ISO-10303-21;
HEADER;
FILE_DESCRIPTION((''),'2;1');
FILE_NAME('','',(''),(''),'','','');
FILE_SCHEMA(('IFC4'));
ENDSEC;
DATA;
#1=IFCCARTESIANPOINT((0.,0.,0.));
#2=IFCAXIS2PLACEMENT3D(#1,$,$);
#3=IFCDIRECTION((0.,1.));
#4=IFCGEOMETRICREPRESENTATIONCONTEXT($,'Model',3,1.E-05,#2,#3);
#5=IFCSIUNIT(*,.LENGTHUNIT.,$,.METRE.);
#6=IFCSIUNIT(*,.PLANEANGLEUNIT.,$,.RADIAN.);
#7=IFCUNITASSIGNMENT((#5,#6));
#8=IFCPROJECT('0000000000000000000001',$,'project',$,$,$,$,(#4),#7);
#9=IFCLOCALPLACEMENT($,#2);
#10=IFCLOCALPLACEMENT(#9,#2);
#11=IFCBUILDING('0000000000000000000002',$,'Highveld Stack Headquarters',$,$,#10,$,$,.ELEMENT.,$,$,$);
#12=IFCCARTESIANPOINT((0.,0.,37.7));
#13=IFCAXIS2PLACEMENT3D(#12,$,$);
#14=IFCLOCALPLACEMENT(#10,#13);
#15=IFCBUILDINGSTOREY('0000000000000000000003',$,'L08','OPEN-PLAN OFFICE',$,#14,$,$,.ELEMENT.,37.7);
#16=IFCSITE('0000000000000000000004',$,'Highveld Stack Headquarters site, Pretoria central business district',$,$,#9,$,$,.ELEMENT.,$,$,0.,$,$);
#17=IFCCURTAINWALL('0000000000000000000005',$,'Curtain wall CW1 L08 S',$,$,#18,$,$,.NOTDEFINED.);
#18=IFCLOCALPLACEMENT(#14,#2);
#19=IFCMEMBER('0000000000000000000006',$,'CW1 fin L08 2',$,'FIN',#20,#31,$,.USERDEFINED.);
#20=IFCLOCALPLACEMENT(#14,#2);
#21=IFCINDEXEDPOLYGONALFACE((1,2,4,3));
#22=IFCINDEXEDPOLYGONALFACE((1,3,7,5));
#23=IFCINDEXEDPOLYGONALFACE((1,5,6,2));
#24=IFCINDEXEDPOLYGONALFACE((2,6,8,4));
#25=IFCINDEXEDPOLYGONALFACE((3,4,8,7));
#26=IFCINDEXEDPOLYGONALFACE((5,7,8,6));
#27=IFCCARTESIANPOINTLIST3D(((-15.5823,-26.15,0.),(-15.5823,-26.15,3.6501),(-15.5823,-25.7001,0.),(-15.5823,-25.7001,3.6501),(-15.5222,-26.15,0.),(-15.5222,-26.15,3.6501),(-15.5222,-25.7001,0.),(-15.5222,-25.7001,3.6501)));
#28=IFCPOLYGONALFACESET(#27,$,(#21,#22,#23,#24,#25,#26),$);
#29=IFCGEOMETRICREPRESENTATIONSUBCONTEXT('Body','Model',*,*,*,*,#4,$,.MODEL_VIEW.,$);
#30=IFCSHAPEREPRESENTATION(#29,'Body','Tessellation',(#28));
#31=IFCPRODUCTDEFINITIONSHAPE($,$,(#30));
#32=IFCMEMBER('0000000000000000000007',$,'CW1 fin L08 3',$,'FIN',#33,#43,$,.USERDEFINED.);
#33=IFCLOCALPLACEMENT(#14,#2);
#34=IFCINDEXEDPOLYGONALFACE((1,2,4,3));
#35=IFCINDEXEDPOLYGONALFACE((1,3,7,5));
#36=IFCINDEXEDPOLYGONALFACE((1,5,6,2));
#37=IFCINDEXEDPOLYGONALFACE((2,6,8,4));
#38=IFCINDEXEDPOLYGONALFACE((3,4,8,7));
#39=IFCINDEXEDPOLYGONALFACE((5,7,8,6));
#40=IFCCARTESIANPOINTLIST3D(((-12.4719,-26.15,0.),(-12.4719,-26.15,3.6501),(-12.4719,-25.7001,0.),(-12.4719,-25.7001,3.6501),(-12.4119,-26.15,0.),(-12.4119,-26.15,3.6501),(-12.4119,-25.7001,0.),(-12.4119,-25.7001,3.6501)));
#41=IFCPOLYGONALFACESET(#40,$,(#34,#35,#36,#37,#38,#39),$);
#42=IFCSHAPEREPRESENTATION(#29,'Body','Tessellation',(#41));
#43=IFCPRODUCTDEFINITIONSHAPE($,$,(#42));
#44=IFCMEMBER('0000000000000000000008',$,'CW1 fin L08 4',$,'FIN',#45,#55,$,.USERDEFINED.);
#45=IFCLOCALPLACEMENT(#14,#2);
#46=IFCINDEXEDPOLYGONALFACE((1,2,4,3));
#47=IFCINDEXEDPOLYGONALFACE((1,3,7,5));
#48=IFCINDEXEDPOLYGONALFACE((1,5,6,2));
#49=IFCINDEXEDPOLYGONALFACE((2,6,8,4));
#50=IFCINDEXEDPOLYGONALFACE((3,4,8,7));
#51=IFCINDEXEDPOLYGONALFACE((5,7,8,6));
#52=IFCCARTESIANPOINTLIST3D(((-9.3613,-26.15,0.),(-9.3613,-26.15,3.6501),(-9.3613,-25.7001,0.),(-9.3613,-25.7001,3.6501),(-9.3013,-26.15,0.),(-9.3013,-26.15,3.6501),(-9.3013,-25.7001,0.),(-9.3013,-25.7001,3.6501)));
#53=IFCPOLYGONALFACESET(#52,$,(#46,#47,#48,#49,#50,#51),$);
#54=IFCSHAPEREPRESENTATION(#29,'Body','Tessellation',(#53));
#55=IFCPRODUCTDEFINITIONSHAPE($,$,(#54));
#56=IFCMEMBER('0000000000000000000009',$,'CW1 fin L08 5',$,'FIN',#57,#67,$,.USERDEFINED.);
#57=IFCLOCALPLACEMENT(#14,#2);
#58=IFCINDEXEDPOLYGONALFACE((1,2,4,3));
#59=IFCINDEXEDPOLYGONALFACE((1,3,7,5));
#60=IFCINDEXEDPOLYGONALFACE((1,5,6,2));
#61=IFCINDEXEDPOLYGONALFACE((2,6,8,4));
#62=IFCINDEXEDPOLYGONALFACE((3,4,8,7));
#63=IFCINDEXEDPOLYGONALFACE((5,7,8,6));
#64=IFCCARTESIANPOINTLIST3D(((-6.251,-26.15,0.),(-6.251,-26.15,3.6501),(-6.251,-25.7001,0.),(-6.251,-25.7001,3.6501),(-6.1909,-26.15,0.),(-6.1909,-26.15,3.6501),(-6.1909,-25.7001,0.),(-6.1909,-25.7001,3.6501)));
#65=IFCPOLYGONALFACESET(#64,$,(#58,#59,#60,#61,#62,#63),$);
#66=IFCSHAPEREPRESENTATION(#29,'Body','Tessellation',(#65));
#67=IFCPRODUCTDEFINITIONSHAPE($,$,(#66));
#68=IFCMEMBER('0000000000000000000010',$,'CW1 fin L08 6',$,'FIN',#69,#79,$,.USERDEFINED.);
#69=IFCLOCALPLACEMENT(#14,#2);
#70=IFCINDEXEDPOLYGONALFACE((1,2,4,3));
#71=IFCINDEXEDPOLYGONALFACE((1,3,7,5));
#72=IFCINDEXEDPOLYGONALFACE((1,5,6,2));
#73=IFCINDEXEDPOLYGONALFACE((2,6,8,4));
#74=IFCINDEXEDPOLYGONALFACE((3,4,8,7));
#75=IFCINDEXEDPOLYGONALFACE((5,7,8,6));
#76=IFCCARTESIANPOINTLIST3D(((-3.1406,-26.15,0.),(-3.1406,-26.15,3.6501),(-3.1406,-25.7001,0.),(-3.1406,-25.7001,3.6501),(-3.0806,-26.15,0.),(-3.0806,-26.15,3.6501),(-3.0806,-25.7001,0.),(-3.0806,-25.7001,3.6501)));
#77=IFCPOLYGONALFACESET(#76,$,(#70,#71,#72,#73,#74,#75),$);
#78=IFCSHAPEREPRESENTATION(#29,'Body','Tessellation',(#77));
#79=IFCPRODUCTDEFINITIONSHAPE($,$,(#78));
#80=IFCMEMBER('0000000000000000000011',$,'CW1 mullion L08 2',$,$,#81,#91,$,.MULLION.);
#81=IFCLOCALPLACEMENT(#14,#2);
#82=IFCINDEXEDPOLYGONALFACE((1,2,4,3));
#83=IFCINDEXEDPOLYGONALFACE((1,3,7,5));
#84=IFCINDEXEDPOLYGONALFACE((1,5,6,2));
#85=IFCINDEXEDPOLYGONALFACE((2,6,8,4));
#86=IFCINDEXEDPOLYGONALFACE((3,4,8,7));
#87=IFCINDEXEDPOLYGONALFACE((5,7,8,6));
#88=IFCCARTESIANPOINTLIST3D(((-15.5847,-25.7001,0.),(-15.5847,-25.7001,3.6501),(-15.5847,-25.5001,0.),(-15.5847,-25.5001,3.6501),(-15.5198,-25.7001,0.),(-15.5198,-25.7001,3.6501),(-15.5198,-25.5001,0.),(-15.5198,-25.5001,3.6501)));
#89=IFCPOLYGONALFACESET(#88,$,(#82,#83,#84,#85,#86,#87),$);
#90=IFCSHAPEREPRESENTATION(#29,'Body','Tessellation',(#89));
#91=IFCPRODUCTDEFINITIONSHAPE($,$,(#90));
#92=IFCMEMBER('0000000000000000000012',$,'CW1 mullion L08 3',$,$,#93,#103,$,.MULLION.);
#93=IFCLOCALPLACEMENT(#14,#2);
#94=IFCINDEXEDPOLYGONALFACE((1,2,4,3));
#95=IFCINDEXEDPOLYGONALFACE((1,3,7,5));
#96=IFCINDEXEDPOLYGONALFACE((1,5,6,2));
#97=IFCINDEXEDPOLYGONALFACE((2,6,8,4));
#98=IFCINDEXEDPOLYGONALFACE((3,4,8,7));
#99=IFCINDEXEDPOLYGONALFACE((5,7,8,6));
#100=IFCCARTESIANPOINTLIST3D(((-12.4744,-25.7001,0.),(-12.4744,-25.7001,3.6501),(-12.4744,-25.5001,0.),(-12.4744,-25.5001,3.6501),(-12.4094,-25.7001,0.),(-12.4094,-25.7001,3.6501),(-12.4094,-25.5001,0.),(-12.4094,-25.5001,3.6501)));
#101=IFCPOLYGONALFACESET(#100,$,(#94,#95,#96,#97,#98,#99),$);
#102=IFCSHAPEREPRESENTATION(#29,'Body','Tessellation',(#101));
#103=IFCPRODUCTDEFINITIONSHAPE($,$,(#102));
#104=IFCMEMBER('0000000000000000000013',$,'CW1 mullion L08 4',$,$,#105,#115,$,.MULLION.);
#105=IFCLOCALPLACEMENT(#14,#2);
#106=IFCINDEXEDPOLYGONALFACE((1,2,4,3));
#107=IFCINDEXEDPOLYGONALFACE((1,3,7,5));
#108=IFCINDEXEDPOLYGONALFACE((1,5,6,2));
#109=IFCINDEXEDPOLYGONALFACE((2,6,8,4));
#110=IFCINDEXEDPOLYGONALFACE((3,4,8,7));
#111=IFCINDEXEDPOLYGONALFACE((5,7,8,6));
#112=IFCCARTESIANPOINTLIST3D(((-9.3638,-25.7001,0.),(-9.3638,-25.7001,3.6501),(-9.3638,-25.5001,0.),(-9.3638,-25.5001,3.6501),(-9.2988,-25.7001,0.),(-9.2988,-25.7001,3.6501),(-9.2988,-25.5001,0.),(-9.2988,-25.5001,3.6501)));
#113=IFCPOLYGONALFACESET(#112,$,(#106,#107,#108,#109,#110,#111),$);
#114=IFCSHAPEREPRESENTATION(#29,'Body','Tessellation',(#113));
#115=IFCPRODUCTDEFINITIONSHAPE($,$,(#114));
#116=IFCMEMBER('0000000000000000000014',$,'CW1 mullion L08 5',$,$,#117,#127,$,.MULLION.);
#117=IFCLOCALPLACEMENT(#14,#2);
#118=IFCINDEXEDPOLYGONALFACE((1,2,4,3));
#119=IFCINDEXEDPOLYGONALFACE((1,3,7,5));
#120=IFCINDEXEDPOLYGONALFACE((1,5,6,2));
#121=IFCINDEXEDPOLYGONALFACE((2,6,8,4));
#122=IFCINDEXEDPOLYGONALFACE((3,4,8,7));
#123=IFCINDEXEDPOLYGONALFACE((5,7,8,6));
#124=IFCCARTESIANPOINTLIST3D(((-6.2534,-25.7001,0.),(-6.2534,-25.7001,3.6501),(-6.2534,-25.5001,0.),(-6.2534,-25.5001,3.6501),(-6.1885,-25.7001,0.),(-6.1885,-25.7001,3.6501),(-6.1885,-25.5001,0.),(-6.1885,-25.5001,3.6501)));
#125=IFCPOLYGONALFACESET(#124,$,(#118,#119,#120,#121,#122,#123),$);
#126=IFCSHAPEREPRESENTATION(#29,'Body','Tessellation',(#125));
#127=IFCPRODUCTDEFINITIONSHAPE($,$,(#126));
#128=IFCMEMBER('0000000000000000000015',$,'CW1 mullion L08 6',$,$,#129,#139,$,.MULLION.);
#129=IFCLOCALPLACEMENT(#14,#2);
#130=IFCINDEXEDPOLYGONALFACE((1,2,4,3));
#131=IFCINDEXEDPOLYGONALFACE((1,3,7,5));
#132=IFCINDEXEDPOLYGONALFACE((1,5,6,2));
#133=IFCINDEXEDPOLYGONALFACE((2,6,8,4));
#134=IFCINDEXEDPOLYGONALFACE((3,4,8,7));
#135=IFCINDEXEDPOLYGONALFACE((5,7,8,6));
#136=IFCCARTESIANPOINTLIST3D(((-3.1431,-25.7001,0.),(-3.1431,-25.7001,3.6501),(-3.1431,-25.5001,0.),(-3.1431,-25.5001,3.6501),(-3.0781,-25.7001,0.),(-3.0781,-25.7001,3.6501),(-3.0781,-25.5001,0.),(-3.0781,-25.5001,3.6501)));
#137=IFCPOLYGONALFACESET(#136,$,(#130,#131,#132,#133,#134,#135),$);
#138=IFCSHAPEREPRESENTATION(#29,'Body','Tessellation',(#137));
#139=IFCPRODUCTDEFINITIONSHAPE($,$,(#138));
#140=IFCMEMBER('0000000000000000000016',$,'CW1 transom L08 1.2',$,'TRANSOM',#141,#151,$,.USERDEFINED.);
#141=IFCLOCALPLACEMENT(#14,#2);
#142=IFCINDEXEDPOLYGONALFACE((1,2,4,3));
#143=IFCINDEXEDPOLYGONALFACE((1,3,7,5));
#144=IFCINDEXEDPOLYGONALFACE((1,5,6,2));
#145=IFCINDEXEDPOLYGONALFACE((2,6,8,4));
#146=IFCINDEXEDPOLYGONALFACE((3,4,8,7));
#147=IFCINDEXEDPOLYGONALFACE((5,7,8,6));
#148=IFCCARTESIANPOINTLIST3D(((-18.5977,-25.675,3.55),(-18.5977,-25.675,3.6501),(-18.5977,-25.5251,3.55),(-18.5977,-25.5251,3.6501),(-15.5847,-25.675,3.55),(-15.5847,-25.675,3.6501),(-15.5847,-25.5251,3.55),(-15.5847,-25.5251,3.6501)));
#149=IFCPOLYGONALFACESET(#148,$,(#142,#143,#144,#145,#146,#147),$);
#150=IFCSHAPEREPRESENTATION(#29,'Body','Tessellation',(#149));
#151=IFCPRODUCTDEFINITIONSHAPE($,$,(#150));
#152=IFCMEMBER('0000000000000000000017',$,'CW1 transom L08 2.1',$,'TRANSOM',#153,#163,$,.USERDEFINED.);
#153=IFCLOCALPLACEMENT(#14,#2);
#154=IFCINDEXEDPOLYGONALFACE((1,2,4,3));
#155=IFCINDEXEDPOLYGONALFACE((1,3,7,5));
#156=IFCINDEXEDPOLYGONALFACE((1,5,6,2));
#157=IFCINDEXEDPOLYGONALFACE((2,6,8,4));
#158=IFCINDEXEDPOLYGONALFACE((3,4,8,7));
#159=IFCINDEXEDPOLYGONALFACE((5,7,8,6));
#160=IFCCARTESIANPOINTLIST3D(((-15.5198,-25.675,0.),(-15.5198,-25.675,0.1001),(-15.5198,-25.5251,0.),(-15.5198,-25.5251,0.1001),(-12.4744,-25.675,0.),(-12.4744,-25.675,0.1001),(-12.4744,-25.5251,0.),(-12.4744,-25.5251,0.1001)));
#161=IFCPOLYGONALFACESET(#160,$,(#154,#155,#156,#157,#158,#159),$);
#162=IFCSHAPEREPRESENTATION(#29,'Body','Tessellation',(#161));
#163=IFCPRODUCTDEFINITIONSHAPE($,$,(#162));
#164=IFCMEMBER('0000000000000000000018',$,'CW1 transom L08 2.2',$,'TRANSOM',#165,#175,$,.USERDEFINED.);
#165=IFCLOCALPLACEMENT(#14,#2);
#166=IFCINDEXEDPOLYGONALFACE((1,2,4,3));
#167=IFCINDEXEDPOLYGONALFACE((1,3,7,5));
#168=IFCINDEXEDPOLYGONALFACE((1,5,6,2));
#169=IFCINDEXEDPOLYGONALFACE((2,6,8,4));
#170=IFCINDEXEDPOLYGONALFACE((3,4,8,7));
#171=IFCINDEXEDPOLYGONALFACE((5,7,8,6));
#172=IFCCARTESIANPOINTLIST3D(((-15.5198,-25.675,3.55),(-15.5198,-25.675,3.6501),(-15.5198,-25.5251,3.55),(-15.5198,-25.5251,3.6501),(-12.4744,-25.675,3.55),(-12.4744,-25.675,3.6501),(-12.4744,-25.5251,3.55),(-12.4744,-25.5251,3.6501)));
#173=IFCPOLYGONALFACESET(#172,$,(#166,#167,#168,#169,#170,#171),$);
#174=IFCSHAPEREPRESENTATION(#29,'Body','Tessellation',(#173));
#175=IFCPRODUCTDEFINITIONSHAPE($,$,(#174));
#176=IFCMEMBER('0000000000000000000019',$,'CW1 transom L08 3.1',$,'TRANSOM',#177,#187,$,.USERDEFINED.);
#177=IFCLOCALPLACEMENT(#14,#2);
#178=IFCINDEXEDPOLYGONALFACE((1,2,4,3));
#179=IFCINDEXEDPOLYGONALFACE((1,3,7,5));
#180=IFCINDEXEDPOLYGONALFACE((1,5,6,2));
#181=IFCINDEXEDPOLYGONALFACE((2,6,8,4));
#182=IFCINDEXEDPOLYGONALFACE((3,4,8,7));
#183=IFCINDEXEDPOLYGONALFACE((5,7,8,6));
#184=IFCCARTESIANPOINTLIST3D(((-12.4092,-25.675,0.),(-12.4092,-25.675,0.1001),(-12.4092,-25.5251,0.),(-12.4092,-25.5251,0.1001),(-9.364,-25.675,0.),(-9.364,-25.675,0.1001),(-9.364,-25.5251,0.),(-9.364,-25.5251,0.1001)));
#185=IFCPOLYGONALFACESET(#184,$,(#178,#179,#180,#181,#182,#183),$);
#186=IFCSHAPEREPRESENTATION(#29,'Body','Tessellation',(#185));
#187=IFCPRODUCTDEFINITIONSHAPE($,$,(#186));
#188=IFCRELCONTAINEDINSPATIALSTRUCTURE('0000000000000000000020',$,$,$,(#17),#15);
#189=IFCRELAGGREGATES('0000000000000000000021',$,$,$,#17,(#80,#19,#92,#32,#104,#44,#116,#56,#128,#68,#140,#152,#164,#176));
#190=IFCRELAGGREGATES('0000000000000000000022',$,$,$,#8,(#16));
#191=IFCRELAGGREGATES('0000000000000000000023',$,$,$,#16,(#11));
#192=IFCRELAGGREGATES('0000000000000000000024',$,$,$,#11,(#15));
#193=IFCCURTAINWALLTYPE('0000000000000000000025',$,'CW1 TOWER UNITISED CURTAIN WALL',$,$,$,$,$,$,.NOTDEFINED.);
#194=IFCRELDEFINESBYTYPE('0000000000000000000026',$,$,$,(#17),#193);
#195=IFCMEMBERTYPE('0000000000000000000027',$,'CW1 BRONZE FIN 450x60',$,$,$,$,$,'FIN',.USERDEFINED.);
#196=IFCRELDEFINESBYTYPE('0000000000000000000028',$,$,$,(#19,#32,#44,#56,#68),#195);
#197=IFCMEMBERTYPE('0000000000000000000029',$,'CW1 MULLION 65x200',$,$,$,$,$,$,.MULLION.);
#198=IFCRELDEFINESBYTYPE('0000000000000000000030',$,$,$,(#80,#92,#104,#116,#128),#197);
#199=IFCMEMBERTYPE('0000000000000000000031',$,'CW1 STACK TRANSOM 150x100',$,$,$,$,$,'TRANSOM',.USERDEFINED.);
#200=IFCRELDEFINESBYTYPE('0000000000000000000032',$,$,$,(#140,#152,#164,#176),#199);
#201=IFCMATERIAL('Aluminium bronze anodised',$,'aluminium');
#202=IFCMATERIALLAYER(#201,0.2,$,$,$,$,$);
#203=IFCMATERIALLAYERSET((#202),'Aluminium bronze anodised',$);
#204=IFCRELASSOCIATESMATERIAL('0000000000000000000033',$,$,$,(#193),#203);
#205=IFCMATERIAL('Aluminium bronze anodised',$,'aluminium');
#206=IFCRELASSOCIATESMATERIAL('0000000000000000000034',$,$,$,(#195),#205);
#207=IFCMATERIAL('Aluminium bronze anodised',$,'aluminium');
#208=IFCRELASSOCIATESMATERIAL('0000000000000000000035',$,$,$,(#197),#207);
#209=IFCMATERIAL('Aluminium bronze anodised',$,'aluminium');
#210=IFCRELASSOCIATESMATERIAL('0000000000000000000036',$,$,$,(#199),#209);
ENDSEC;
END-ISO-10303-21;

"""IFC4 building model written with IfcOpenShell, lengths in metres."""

from ifc_helpers import new_model, si_unit, direction, frame, origin, origin_2d, place, context, subcontext, project, spatial, rectangle, extrude, material, layer, layer_set, material_profile, profile_set, type_object, element, aggregate, save


model = new_model("IFC4")

# Units and contexts
model_context = context("Model", 3, precision=1e-05, world=origin(), true_north=direction((0.0, 1.0)))
body_context = subcontext(model_context, "Body", "Model", "MODEL_VIEW")
ifc_project = project(units=[si_unit("LENGTHUNIT", "METRE"), si_unit("PLANEANGLEUNIT", "RADIAN")], contexts=[model_context])

# Site, building, storey
site_placement = place(None, origin())
site = spatial("IfcSite", under=ifc_project, at=site_placement, Name="Highveld Stack Headquarters site, Pretoria central business district", CompositionType="ELEMENT", RefElevation=0.0)
building_placement = place(site_placement, origin())
building = spatial("IfcBuilding", under=site, at=building_placement, Name="Highveld Stack Headquarters", CompositionType="ELEMENT")
storey_placement = place(building_placement, frame((0.0, 0.0, 37.7)))
storey = spatial("IfcBuildingStorey", under=building, at=storey_placement, Name="L08", Description="OPEN-PLAN OFFICE", CompositionType="ELEMENT", Elevation=37.7)

# Curtain wall, members
ifc_material_1 = material(Name="Aluminium bronze anodised", Category="aluminium")
ifc_layer_1 = layer(ifc_material_1, 0.2)
ifc_layer_set_1 = layer_set([ifc_layer_1], Name="Aluminium bronze anodised")
curtain_wall_type = type_object("IfcCurtainWallType", Name="CW1 TOWER UNITISED CURTAIN WALL", PredefinedType="NOTDEFINED", material=ifc_layer_set_1)
curtain_wall_placement = place(storey_placement, origin())
curtain_wall = element("IfcCurtainWall", 1, at=curtain_wall_placement, inside=storey, type_object=curtain_wall_type, Name="Curtain wall CW1 L08 S", PredefinedType="NOTDEFINED")
ifc_material_2 = material(Name="Aluminium bronze anodised", Category="aluminium")
ifc_material_profile_1 = material_profile(ifc_material_2, rectangle(XDim=0.45, YDim=0.0601, at=origin_2d()), Name="FIN 450x60")
ifc_profile_set_1 = profile_set([ifc_material_profile_1], Name="Aluminium bronze anodised")
member_type_1 = type_object("IfcMemberType", Name="CW1 BRONZE FIN 450x60", ElementType="FIN", PredefinedType="USERDEFINED", material=ifc_profile_set_1)
member_1_placement = place(storey_placement, frame((-15.5522, -25.925, 0.0), z_axis=(0.0, 0.0, 1.0), x_axis=(0.0, 1.0, 0.0)))
member_1 = element("IfcMember", 2, at=member_1_placement, type_object=member_type_1, Name="CW1 fin L08 2", ObjectType="FIN", PredefinedType="USERDEFINED", context=body_context, shape_type="SweptSolid", body=[
    extrude(rectangle(XDim=0.45, YDim=0.0601, at=origin_2d()), origin(), (0.0, 0.0, 1.0), 3.6501),
])
member_2_placement = place(storey_placement, frame((-12.4419, -25.925, 0.0), z_axis=(0.0, 0.0, 1.0), x_axis=(0.0, 1.0, 0.0)))
member_2 = element("IfcMember", 3, at=member_2_placement, type_object=member_type_1, Name="CW1 fin L08 3", ObjectType="FIN", PredefinedType="USERDEFINED", context=body_context, shape_type="SweptSolid", body=[
    extrude(rectangle(XDim=0.45, YDim=0.0601, at=origin_2d()), origin(), (0.0, 0.0, 1.0), 3.6501),
])
member_3_placement = place(storey_placement, frame((-9.3313, -25.925, 0.0), z_axis=(0.0, 0.0, 1.0), x_axis=(0.0, 1.0, 0.0)))
member_3 = element("IfcMember", 4, at=member_3_placement, type_object=member_type_1, Name="CW1 fin L08 4", ObjectType="FIN", PredefinedType="USERDEFINED", context=body_context, shape_type="SweptSolid", body=[
    extrude(rectangle(XDim=0.45, YDim=0.0601, at=origin_2d()), origin(), (0.0, 0.0, 1.0), 3.6501),
])
member_4_placement = place(storey_placement, frame((-6.2209, -25.925, 0.0), z_axis=(0.0, 0.0, 1.0), x_axis=(0.0, 1.0, 0.0)))
member_4 = element("IfcMember", 5, at=member_4_placement, type_object=member_type_1, Name="CW1 fin L08 5", ObjectType="FIN", PredefinedType="USERDEFINED", context=body_context, shape_type="SweptSolid", body=[
    extrude(rectangle(XDim=0.45, YDim=0.0601, at=origin_2d()), origin(), (0.0, 0.0, 1.0), 3.6501),
])
member_5_placement = place(storey_placement, frame((-3.1106, -25.925, 0.0), z_axis=(0.0, 0.0, 1.0), x_axis=(0.0, 1.0, 0.0)))
member_5 = element("IfcMember", 6, at=member_5_placement, type_object=member_type_1, Name="CW1 fin L08 6", ObjectType="FIN", PredefinedType="USERDEFINED", context=body_context, shape_type="SweptSolid", body=[
    extrude(rectangle(XDim=0.45, YDim=0.0601, at=origin_2d()), origin(), (0.0, 0.0, 1.0), 3.6501),
])
ifc_material_3 = material(Name="Aluminium bronze anodised", Category="aluminium")
ifc_material_profile_2 = material_profile(ifc_material_3, rectangle(XDim=0.2, YDim=0.0649, at=origin_2d()), Name="CW1 MULLION 65x200")
ifc_profile_set_2 = profile_set([ifc_material_profile_2], Name="Aluminium bronze anodised")
member_type_2 = type_object("IfcMemberType", Name="CW1 MULLION 65x200", PredefinedType="MULLION", material=ifc_profile_set_2)
member_6_placement = place(storey_placement, frame((-15.5522, -25.6001, 0.0), z_axis=(0.0, 0.0, 1.0), x_axis=(0.0, 1.0, 0.0)))
member_6 = element("IfcMember", 7, at=member_6_placement, type_object=member_type_2, Name="CW1 mullion L08 2", PredefinedType="MULLION", context=body_context, shape_type="SweptSolid", body=[
    extrude(rectangle(XDim=0.2, YDim=0.0649, at=origin_2d()), origin(), (0.0, 0.0, 1.0), 3.6501),
])
member_7_placement = place(storey_placement, frame((-12.4419, -25.6001, 0.0), z_axis=(0.0, 0.0, 1.0), x_axis=(0.0, 1.0, 0.0)))
member_7 = element("IfcMember", 8, at=member_7_placement, type_object=member_type_2, Name="CW1 mullion L08 3", PredefinedType="MULLION", context=body_context, shape_type="SweptSolid", body=[
    extrude(rectangle(XDim=0.2, YDim=0.0649, at=origin_2d()), origin(), (0.0, 0.0, 1.0), 3.6501),
])
member_8_placement = place(storey_placement, frame((-9.3313, -25.6001, 0.0), z_axis=(0.0, 0.0, 1.0), x_axis=(0.0, 1.0, 0.0)))
member_8 = element("IfcMember", 9, at=member_8_placement, type_object=member_type_2, Name="CW1 mullion L08 4", PredefinedType="MULLION", context=body_context, shape_type="SweptSolid", body=[
    extrude(rectangle(XDim=0.2, YDim=0.0649, at=origin_2d()), origin(), (0.0, 0.0, 1.0), 3.6501),
])
member_9_placement = place(storey_placement, frame((-6.2209, -25.6001, 0.0), z_axis=(0.0, 0.0, 1.0), x_axis=(0.0, 1.0, 0.0)))
member_9 = element("IfcMember", 10, at=member_9_placement, type_object=member_type_2, Name="CW1 mullion L08 5", PredefinedType="MULLION", context=body_context, shape_type="SweptSolid", body=[
    extrude(rectangle(XDim=0.2, YDim=0.0649, at=origin_2d()), origin(), (0.0, 0.0, 1.0), 3.6501),
])
member_10_placement = place(storey_placement, frame((-3.1106, -25.6001, 0.0), z_axis=(0.0, 0.0, 1.0), x_axis=(0.0, 1.0, 0.0)))
member_10 = element("IfcMember", 11, at=member_10_placement, type_object=member_type_2, Name="CW1 mullion L08 6", PredefinedType="MULLION", context=body_context, shape_type="SweptSolid", body=[
    extrude(rectangle(XDim=0.2, YDim=0.0649, at=origin_2d()), origin(), (0.0, 0.0, 1.0), 3.6501),
])
ifc_material_4 = material(Name="Aluminium bronze anodised", Category="aluminium")
ifc_material_profile_3 = material_profile(ifc_material_4, rectangle(XDim=0.1499, YDim=0.1001, at=origin_2d()), Name="CW1 TRANSOM 150x100")
ifc_profile_set_3 = profile_set([ifc_material_profile_3], Name="Aluminium bronze anodised")
member_type_3 = type_object("IfcMemberType", Name="CW1 STACK TRANSOM 150x100", ElementType="TRANSOM", PredefinedType="USERDEFINED", material=ifc_profile_set_3)
member_11_placement = place(storey_placement, frame((-18.5977, -25.6001, 3.6001), z_axis=(1.0, 0.0, 0.0), x_axis=(0.0, 1.0, 0.0)))
member_11 = element("IfcMember", 12, at=member_11_placement, type_object=member_type_3, Name="CW1 transom L08 1.2", ObjectType="TRANSOM", PredefinedType="USERDEFINED", context=body_context, shape_type="SweptSolid", body=[
    extrude(rectangle(XDim=0.1499, YDim=0.1001, at=origin_2d()), origin(), (0.0, 0.0, 1.0), 3.0129),
])
member_12_placement = place(storey_placement, frame((-15.5198, -25.6001, 0.05), z_axis=(1.0, 0.0, 0.0), x_axis=(0.0, 1.0, 0.0)))
member_12 = element("IfcMember", 13, at=member_12_placement, type_object=member_type_3, Name="CW1 transom L08 2.1", ObjectType="TRANSOM", PredefinedType="USERDEFINED", context=body_context, shape_type="SweptSolid", body=[
    extrude(rectangle(XDim=0.1499, YDim=0.1001, at=origin_2d()), origin(), (0.0, 0.0, 1.0), 3.0454),
])
member_13_placement = place(storey_placement, frame((-15.5198, -25.6001, 3.6001), z_axis=(1.0, 0.0, 0.0), x_axis=(0.0, 1.0, 0.0)))
member_13 = element("IfcMember", 14, at=member_13_placement, type_object=member_type_3, Name="CW1 transom L08 2.2", ObjectType="TRANSOM", PredefinedType="USERDEFINED", context=body_context, shape_type="SweptSolid", body=[
    extrude(rectangle(XDim=0.1499, YDim=0.1001, at=origin_2d()), origin(), (0.0, 0.0, 1.0), 3.0454),
])
member_14_placement = place(storey_placement, frame((-12.4092, -25.6001, 0.05), z_axis=(1.0, 0.0, 0.0), x_axis=(0.0, 1.0, 0.0)))
member_14 = element("IfcMember", 15, at=member_14_placement, type_object=member_type_3, Name="CW1 transom L08 3.1", ObjectType="TRANSOM", PredefinedType="USERDEFINED", context=body_context, shape_type="SweptSolid", body=[
    extrude(rectangle(XDim=0.1499, YDim=0.1001, at=origin_2d()), origin(), (0.0, 0.0, 1.0), 3.0452),
])
aggregate(curtain_wall, [member_6, member_1, member_7, member_2, member_8, member_3, member_9, member_4, member_10, member_5, member_11, member_12, member_13, member_14])

save(model, "model.ifc")
